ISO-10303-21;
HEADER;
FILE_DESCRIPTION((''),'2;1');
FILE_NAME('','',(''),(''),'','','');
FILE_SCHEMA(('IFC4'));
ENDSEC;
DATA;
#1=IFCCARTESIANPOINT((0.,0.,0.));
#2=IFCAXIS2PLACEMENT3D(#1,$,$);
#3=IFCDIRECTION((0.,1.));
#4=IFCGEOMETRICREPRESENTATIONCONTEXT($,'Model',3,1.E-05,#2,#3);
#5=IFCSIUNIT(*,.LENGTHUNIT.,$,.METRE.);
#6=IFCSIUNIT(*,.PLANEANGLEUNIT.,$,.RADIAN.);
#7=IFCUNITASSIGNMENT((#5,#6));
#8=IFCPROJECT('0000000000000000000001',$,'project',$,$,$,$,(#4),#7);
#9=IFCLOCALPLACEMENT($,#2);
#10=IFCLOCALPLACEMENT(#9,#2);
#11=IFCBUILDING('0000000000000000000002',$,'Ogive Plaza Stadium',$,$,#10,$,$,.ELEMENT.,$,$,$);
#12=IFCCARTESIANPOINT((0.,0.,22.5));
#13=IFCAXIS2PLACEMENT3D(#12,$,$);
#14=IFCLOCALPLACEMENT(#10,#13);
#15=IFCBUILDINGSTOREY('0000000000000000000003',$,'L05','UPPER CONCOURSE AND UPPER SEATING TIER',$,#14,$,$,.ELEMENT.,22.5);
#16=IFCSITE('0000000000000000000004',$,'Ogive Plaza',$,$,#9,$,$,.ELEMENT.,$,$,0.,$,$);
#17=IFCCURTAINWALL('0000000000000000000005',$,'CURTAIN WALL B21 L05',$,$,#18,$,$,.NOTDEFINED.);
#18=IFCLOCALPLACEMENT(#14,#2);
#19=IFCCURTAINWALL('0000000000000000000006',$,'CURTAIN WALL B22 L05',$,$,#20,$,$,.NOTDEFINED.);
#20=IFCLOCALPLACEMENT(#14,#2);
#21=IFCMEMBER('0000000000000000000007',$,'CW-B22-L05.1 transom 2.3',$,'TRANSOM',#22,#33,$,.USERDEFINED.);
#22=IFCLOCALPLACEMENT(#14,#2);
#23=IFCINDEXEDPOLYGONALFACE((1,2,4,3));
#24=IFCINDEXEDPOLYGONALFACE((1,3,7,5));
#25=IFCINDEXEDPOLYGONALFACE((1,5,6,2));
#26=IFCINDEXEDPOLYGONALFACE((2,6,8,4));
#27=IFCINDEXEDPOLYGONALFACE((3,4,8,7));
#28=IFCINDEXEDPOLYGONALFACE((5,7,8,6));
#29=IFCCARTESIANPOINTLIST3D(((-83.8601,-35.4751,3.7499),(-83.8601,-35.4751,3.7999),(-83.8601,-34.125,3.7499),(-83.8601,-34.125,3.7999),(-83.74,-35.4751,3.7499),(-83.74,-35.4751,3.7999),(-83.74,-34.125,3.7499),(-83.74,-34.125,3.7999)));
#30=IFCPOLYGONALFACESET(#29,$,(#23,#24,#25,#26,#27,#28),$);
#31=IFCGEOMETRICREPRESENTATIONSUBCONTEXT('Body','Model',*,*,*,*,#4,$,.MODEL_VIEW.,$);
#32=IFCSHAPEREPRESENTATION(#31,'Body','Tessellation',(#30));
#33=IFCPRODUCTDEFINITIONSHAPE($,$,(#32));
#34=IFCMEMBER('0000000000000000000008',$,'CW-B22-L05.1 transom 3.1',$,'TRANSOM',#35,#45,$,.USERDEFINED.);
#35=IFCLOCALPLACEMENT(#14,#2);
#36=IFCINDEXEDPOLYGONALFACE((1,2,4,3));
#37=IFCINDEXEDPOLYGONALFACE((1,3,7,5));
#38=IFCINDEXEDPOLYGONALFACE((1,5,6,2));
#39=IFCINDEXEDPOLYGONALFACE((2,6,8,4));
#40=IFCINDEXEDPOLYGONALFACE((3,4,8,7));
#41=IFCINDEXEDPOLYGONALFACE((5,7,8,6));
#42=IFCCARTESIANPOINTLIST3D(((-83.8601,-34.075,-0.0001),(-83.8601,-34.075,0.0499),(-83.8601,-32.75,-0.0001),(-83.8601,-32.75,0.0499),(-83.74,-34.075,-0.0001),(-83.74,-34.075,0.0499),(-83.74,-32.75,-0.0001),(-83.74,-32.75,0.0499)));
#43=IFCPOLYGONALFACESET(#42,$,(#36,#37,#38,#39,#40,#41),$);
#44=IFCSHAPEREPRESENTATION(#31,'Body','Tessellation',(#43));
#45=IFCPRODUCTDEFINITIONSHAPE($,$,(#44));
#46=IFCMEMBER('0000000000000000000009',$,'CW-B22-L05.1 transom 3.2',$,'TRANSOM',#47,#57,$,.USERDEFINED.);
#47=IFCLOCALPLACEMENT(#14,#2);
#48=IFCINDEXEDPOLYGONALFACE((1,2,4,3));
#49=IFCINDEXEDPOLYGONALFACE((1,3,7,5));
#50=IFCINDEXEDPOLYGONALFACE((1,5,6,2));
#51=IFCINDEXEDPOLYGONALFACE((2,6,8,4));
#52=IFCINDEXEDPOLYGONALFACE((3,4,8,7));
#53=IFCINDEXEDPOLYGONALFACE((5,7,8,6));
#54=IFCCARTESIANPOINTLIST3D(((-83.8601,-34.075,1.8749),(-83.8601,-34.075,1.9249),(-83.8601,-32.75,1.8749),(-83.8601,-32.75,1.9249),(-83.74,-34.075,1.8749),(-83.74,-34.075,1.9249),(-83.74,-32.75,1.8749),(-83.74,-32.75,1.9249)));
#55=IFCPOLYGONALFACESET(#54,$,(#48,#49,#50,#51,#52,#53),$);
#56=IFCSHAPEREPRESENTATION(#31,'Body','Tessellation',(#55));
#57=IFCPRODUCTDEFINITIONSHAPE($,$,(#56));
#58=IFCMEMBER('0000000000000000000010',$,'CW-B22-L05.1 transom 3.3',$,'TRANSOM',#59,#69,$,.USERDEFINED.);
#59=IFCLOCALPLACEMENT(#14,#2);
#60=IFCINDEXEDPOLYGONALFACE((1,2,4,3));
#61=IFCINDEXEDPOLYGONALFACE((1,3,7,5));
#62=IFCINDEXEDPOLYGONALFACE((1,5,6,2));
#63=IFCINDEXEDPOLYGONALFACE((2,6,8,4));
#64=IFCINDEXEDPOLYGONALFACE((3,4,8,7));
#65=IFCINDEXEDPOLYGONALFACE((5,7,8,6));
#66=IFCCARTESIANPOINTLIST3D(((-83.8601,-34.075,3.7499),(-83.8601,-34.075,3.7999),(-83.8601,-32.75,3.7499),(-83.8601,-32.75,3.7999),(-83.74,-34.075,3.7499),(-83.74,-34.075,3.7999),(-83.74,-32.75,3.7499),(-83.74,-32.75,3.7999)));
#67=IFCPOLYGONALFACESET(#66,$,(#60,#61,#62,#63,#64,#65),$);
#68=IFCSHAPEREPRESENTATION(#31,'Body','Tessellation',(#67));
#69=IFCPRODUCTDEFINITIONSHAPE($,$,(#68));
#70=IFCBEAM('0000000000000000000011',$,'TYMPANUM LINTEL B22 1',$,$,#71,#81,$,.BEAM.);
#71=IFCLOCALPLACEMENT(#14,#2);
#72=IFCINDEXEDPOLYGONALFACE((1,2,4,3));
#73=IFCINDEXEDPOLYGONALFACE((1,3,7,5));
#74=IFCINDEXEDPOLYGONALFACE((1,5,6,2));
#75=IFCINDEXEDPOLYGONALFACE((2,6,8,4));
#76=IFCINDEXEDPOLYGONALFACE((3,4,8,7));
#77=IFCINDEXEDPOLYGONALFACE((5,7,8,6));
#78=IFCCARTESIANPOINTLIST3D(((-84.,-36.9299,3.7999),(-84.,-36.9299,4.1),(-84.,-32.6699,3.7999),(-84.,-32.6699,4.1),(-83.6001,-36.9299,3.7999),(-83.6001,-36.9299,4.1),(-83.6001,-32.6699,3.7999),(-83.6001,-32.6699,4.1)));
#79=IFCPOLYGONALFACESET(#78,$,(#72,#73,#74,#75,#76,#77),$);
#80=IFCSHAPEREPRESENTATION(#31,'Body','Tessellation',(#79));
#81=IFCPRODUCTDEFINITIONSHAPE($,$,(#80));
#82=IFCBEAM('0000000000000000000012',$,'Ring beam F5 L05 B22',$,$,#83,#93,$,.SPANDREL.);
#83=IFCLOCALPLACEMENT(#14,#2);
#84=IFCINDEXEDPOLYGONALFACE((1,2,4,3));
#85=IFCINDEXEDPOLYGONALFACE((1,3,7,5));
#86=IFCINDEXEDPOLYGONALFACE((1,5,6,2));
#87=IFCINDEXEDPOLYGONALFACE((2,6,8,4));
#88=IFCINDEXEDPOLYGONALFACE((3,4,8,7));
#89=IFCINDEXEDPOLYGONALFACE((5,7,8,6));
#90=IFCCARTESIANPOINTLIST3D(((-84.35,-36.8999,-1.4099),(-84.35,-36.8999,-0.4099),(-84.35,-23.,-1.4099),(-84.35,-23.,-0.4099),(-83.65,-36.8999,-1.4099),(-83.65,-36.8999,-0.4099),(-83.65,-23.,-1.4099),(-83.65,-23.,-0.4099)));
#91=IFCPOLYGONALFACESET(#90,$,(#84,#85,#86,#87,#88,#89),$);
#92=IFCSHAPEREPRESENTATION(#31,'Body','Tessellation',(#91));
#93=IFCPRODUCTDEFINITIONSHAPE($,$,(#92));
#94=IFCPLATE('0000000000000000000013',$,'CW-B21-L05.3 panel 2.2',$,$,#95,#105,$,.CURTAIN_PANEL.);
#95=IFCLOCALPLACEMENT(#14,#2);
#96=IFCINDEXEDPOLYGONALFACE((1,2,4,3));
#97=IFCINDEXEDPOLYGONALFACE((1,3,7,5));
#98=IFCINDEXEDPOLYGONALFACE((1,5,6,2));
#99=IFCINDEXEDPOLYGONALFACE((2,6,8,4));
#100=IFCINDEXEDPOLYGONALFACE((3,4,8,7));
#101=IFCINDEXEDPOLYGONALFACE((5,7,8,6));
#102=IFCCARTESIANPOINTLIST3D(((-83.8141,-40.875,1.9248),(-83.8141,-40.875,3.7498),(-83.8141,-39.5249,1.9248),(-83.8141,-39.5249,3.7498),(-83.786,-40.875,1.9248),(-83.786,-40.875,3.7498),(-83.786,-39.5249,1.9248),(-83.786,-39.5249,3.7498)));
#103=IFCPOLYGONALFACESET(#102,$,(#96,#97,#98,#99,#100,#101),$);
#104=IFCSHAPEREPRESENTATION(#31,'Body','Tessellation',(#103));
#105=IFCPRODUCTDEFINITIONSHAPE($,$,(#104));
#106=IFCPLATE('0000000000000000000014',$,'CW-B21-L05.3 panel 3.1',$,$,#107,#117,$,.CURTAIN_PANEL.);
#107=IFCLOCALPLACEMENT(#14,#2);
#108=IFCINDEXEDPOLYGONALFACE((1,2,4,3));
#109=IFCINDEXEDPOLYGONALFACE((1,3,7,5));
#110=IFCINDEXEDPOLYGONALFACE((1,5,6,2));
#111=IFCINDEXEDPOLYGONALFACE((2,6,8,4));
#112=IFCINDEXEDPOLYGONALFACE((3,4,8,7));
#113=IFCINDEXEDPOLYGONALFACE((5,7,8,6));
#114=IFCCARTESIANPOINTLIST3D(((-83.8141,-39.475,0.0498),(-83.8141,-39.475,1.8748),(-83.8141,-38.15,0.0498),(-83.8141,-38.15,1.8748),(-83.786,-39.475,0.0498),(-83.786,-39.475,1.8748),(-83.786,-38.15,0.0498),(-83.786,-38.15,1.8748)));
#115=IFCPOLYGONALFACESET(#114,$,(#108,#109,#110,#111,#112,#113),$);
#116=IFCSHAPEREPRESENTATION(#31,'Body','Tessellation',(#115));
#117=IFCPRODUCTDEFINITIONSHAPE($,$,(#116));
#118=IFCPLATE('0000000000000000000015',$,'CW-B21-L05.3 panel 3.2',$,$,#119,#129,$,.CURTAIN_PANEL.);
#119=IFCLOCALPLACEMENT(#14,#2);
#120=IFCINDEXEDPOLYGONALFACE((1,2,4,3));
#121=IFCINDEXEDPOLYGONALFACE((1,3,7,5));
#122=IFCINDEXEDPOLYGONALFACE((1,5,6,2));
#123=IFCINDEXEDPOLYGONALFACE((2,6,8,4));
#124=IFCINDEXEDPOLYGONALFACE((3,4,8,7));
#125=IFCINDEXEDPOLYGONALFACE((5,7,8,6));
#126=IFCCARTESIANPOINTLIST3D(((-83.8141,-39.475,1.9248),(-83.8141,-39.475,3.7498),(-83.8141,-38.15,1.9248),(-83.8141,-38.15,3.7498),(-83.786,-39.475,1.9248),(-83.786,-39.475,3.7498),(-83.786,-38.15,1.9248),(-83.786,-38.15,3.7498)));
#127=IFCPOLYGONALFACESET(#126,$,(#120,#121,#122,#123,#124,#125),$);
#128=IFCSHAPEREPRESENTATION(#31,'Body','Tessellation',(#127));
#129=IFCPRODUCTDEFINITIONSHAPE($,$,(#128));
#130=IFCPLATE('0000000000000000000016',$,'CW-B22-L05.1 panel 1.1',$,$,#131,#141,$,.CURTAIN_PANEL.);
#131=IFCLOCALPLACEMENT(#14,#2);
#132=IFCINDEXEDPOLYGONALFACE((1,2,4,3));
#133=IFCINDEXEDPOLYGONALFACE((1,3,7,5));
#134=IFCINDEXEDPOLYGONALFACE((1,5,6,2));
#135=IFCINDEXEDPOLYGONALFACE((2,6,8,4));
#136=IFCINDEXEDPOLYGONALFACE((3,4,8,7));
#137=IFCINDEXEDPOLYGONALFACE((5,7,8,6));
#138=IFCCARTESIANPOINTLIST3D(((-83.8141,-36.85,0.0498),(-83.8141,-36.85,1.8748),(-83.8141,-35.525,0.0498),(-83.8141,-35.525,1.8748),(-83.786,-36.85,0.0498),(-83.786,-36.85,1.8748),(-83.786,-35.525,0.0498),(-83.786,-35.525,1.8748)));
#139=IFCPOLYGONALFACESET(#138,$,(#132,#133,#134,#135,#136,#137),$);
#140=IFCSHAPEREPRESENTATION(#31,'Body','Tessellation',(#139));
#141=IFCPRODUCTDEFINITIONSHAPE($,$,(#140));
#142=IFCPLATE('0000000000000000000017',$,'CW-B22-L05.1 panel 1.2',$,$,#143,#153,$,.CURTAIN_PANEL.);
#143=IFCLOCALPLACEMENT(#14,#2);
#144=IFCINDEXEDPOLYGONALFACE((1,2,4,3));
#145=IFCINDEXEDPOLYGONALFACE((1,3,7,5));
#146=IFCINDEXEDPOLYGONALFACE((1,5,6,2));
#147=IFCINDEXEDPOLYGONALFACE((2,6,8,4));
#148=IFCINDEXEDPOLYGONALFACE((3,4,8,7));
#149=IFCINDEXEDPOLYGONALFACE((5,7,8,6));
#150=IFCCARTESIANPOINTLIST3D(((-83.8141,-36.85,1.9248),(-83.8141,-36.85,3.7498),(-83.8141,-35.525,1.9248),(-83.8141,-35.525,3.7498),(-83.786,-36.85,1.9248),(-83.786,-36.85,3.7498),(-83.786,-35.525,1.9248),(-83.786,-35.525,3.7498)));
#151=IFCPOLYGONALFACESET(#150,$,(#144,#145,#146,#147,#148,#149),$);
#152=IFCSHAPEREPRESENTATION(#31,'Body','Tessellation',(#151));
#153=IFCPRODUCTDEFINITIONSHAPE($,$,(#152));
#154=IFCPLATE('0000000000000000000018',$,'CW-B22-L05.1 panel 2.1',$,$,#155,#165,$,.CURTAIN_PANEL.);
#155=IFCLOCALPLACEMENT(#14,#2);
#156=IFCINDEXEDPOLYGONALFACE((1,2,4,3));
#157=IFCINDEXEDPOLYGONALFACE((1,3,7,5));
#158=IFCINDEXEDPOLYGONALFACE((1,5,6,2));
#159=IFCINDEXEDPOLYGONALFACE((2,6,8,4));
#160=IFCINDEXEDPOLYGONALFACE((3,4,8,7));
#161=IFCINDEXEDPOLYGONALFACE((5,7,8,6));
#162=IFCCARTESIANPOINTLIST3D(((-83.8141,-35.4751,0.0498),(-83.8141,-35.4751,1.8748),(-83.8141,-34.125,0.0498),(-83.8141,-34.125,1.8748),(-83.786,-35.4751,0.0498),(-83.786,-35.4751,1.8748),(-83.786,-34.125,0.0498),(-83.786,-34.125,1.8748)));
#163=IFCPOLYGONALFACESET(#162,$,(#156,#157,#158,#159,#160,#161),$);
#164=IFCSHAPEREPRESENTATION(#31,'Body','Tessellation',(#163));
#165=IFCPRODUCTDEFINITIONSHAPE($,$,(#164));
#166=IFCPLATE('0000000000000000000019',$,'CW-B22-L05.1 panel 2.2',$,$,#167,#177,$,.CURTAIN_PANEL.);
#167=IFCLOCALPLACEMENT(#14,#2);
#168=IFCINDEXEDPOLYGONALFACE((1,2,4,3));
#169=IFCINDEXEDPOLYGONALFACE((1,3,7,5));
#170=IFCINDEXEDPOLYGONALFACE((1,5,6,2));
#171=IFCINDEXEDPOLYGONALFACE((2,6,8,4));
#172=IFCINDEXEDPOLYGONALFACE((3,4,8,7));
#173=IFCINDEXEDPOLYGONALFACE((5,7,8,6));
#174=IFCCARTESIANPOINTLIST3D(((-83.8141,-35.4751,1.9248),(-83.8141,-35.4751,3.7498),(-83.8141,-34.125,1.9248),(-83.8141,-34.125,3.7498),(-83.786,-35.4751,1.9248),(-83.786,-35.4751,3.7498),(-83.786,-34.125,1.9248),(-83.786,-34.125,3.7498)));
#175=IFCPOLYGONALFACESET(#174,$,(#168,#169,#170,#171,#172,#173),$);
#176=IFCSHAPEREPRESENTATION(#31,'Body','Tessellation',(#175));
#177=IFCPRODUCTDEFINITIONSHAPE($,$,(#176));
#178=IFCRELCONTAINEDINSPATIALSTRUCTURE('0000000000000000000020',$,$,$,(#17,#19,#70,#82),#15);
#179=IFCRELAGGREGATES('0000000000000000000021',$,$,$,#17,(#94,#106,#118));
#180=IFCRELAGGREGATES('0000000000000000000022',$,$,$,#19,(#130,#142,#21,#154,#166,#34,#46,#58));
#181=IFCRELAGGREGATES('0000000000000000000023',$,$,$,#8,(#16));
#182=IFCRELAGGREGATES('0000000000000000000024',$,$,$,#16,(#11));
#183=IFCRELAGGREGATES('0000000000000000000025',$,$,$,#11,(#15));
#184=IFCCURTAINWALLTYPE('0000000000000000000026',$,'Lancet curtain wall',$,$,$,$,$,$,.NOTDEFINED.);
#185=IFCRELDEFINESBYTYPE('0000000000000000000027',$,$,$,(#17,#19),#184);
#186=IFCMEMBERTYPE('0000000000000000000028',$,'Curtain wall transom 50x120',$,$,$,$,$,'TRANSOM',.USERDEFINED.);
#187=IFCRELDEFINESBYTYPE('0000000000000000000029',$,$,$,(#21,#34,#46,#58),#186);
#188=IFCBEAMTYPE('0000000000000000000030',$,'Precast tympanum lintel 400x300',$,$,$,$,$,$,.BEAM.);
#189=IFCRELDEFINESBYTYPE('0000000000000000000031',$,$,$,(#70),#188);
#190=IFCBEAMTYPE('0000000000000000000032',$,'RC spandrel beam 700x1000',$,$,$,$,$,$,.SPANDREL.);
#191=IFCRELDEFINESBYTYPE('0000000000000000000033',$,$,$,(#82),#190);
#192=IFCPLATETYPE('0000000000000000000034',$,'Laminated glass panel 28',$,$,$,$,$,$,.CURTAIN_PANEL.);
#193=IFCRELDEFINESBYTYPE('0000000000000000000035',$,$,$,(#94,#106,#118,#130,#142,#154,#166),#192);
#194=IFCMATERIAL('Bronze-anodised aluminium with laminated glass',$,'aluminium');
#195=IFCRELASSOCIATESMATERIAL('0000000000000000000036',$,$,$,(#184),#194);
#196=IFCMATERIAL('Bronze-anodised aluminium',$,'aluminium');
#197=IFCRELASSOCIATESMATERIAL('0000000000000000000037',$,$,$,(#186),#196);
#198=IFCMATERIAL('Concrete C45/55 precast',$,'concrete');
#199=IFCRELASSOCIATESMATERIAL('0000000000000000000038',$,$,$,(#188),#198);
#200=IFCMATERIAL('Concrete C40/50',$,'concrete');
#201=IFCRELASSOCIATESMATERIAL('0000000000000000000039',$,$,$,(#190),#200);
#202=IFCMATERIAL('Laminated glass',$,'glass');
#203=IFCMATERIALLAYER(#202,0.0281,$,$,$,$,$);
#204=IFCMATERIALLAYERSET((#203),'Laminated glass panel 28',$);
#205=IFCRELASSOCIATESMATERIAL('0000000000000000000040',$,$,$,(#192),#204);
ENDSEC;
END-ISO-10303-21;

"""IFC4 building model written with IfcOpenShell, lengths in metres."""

from ifc_helpers import new_model, si_unit, direction, frame, origin, origin_2d, place, context, subcontext, project, spatial, rectangle, extrude, material, layer, layer_set, material_profile, profile_set, type_object, element, aggregate, save


model = new_model("IFC4")

# Units and contexts
model_context = context("Model", 3, precision=1e-05, world=origin(), true_north=direction((0.0, 1.0)))
body_context = subcontext(model_context, "Body", "Model", "MODEL_VIEW")
ifc_project = project(units=[si_unit("LENGTHUNIT", "METRE"), si_unit("PLANEANGLEUNIT", "RADIAN")], contexts=[model_context])

# Site, building, storey
site_placement = place(None, origin())
site = spatial("IfcSite", under=ifc_project, at=site_placement, Name="Ogive Plaza", CompositionType="ELEMENT", RefElevation=0.0)
building_placement = place(site_placement, origin())
building = spatial("IfcBuilding", under=site, at=building_placement, Name="Ogive Plaza Stadium", CompositionType="ELEMENT")
storey_placement = place(building_placement, frame((0.0, 0.0, 22.5)))
storey = spatial("IfcBuildingStorey", under=building, at=storey_placement, Name="L05", Description="UPPER CONCOURSE AND UPPER SEATING TIER", CompositionType="ELEMENT", Elevation=22.5)

# Curtain walls
ifc_material_1 = material(Name="Bronze-anodised aluminium with laminated glass", Category="aluminium")
curtain_wall_type = type_object("IfcCurtainWallType", Name="Lancet curtain wall", PredefinedType="NOTDEFINED", material=ifc_material_1)
curtain_wall_1_placement = place(storey_placement, origin())
curtain_wall_1 = element("IfcCurtainWall", 1, at=curtain_wall_1_placement, inside=storey, type_object=curtain_wall_type, Name="CURTAIN WALL B21 L05", PredefinedType="NOTDEFINED")
curtain_wall_2_placement = place(storey_placement, origin())
curtain_wall_2 = element("IfcCurtainWall", 2, at=curtain_wall_2_placement, inside=storey, type_object=curtain_wall_type, Name="CURTAIN WALL B22 L05", PredefinedType="NOTDEFINED")

# Members
ifc_material_2 = material(Name="Bronze-anodised aluminium", Category="aluminium")
ifc_material_profile_1 = material_profile(ifc_material_2, rectangle(XDim=0.1201, YDim=0.05, at=origin_2d()), Name="AL 120x50")
ifc_profile_set_1 = profile_set([ifc_material_profile_1], Name="Bronze-anodised aluminium")
member_type_1 = type_object("IfcMemberType", Name="Curtain wall transom 50x120", ElementType="TRANSOM", PredefinedType="USERDEFINED", material=ifc_profile_set_1)
member_1_placement = place(storey_placement, frame((-83.8, -35.4751, 3.7749), z_axis=(0.0, 1.0, 0.0), x_axis=(-1.0, 0.0, 0.0)))
member_1 = element("IfcMember", 3, at=member_1_placement, type_object=member_type_1, Name="CW-B22-L05.1 transom 2.3", ObjectType="TRANSOM", PredefinedType="USERDEFINED", context=body_context, shape_type="SweptSolid", body=[
    extrude(rectangle(XDim=0.1201, YDim=0.05, at=origin_2d()), origin(), (0.0, 0.0, 1.0), 1.3501),
])
member_2_placement = place(storey_placement, frame((-83.8, -34.075, 0.0249), z_axis=(0.0, 1.0, 0.0), x_axis=(-1.0, 0.0, 0.0)))
member_2 = element("IfcMember", 4, at=member_2_placement, type_object=member_type_1, Name="CW-B22-L05.1 transom 3.1", ObjectType="TRANSOM", PredefinedType="USERDEFINED", context=body_context, shape_type="SweptSolid", body=[
    extrude(rectangle(XDim=0.1201, YDim=0.05, at=origin_2d()), origin(), (0.0, 0.0, 1.0), 1.325),
])
member_3_placement = place(storey_placement, frame((-83.8, -34.075, 1.8999), z_axis=(0.0, 1.0, 0.0), x_axis=(-1.0, 0.0, 0.0)))
member_3 = element("IfcMember", 5, at=member_3_placement, type_object=member_type_1, Name="CW-B22-L05.1 transom 3.2", ObjectType="TRANSOM", PredefinedType="USERDEFINED", context=body_context, shape_type="SweptSolid", body=[
    extrude(rectangle(XDim=0.1201, YDim=0.05, at=origin_2d()), origin(), (0.0, 0.0, 1.0), 1.325),
])
member_4_placement = place(storey_placement, frame((-83.8, -34.075, 3.7749), z_axis=(0.0, 1.0, 0.0), x_axis=(-1.0, 0.0, 0.0)))
member_4 = element("IfcMember", 6, at=member_4_placement, type_object=member_type_1, Name="CW-B22-L05.1 transom 3.3", ObjectType="TRANSOM", PredefinedType="USERDEFINED", context=body_context, shape_type="SweptSolid", body=[
    extrude(rectangle(XDim=0.1201, YDim=0.05, at=origin_2d()), origin(), (0.0, 0.0, 1.0), 1.325),
])

# Beams
ifc_material_3 = material(Name="Concrete C45/55 precast", Category="concrete")
ifc_material_profile_2 = material_profile(ifc_material_3, rectangle(XDim=0.3999, YDim=0.3, at=origin_2d()), Name="RC 400x300")
ifc_profile_set_2 = profile_set([ifc_material_profile_2], Name="Concrete C45/55 precast")
beam_type_1 = type_object("IfcBeamType", Name="Precast tympanum lintel 400x300", PredefinedType="BEAM", material=ifc_profile_set_2)
beam_1_placement = place(storey_placement, frame((-83.8, -36.9299, 3.95), z_axis=(0.0, 1.0, 0.0), x_axis=(-1.0, 0.0, 0.0)))
element("IfcBeam", 7, at=beam_1_placement, inside=storey, type_object=beam_type_1, Name="TYMPANUM LINTEL B22 1", PredefinedType="BEAM", context=body_context, shape_type="SweptSolid", body=[
    extrude(rectangle(XDim=0.3999, YDim=0.3, at=origin_2d()), origin(), (0.0, 0.0, 1.0), 4.26),
])
ifc_material_4 = material(Name="Concrete C40/50", Category="concrete")
ifc_material_profile_3 = material_profile(ifc_material_4, rectangle(XDim=0.7, YDim=1.0, at=origin_2d()), Name="RC 700x1000")
ifc_profile_set_3 = profile_set([ifc_material_profile_3], Name="Concrete C40/50")
beam_type_2 = type_object("IfcBeamType", Name="RC spandrel beam 700x1000", PredefinedType="SPANDREL", material=ifc_profile_set_3)
beam_2_placement = place(storey_placement, frame((-84.0, -36.8999, -0.9099), z_axis=(0.0, 1.0, 0.0), x_axis=(-1.0, 0.0, 0.0)))
element("IfcBeam", 8, at=beam_2_placement, inside=storey, type_object=beam_type_2, Name="Ring beam F5 L05 B22", PredefinedType="SPANDREL", context=body_context, shape_type="SweptSolid", body=[
    extrude(rectangle(XDim=0.7, YDim=1.0, at=origin_2d()), origin(), (0.0, 0.0, 1.0), 13.8999),
])

# Plates
ifc_material_5 = material(Name="Laminated glass", Category="glass")
ifc_layer_1 = layer(ifc_material_5, 0.0281)
ifc_layer_set_1 = layer_set([ifc_layer_1], Name="Laminated glass panel 28")
plate_type = type_object("IfcPlateType", Name="Laminated glass panel 28", PredefinedType="CURTAIN_PANEL", material=ifc_layer_set_1)
plate_1_placement = place(storey_placement, frame((-83.8, -40.2, 1.9248), z_axis=(0.0, 0.0, 1.0), x_axis=(0.0, 1.0, 0.0)))
plate_1 = element("IfcPlate", 9, at=plate_1_placement, type_object=plate_type, Name="CW-B21-L05.3 panel 2.2", PredefinedType="CURTAIN_PANEL", context=body_context, shape_type="SweptSolid", body=[
    extrude(rectangle(XDim=1.3501, YDim=0.0281, at=origin_2d()), origin(), (0.0, 0.0, 1.0), 1.825),
])
plate_2_placement = place(storey_placement, frame((-83.8, -38.8125, 0.0498), z_axis=(0.0, 0.0, 1.0), x_axis=(0.0, 1.0, 0.0)))
plate_2 = element("IfcPlate", 10, at=plate_2_placement, type_object=plate_type, Name="CW-B21-L05.3 panel 3.1", PredefinedType="CURTAIN_PANEL", context=body_context, shape_type="SweptSolid", body=[
    extrude(rectangle(XDim=1.325, YDim=0.0281, at=origin_2d()), origin(), (0.0, 0.0, 1.0), 1.825),
])
plate_3_placement = place(storey_placement, frame((-83.8, -38.8125, 1.9248), z_axis=(0.0, 0.0, 1.0), x_axis=(0.0, 1.0, 0.0)))
plate_3 = element("IfcPlate", 11, at=plate_3_placement, type_object=plate_type, Name="CW-B21-L05.3 panel 3.2", PredefinedType="CURTAIN_PANEL", context=body_context, shape_type="SweptSolid", body=[
    extrude(rectangle(XDim=1.325, YDim=0.0281, at=origin_2d()), origin(), (0.0, 0.0, 1.0), 1.825),
])
aggregate(curtain_wall_1, [plate_1, plate_2, plate_3])
plate_4_placement = place(storey_placement, frame((-83.8, -36.1875, 0.0498), z_axis=(0.0, 0.0, 1.0), x_axis=(0.0, 1.0, 0.0)))
plate_4 = element("IfcPlate", 12, at=plate_4_placement, type_object=plate_type, Name="CW-B22-L05.1 panel 1.1", PredefinedType="CURTAIN_PANEL", context=body_context, shape_type="SweptSolid", body=[
    extrude(rectangle(XDim=1.325, YDim=0.0281, at=origin_2d()), origin(), (0.0, 0.0, 1.0), 1.825),
])
plate_5_placement = place(storey_placement, frame((-83.8, -36.1875, 1.9248), z_axis=(0.0, 0.0, 1.0), x_axis=(0.0, 1.0, 0.0)))
plate_5 = element("IfcPlate", 13, at=plate_5_placement, type_object=plate_type, Name="CW-B22-L05.1 panel 1.2", PredefinedType="CURTAIN_PANEL", context=body_context, shape_type="SweptSolid", body=[
    extrude(rectangle(XDim=1.325, YDim=0.0281, at=origin_2d()), origin(), (0.0, 0.0, 1.0), 1.825),
])
plate_6_placement = place(storey_placement, frame((-83.8, -34.8, 0.0498), z_axis=(0.0, 0.0, 1.0), x_axis=(0.0, 1.0, 0.0)))
plate_6 = element("IfcPlate", 14, at=plate_6_placement, type_object=plate_type, Name="CW-B22-L05.1 panel 2.1", PredefinedType="CURTAIN_PANEL", context=body_context, shape_type="SweptSolid", body=[
    extrude(rectangle(XDim=1.3501, YDim=0.0281, at=origin_2d()), origin(), (0.0, 0.0, 1.0), 1.825),
])
plate_7_placement = place(storey_placement, frame((-83.8, -34.8, 1.9248), z_axis=(0.0, 0.0, 1.0), x_axis=(0.0, 1.0, 0.0)))
plate_7 = element("IfcPlate", 15, at=plate_7_placement, type_object=plate_type, Name="CW-B22-L05.1 panel 2.2", PredefinedType="CURTAIN_PANEL", context=body_context, shape_type="SweptSolid", body=[
    extrude(rectangle(XDim=1.3501, YDim=0.0281, at=origin_2d()), origin(), (0.0, 0.0, 1.0), 1.825),
])
aggregate(curtain_wall_2, [plate_4, plate_5, member_1, plate_6, plate_7, member_2, member_3, member_4])

save(model, "model.ifc")
